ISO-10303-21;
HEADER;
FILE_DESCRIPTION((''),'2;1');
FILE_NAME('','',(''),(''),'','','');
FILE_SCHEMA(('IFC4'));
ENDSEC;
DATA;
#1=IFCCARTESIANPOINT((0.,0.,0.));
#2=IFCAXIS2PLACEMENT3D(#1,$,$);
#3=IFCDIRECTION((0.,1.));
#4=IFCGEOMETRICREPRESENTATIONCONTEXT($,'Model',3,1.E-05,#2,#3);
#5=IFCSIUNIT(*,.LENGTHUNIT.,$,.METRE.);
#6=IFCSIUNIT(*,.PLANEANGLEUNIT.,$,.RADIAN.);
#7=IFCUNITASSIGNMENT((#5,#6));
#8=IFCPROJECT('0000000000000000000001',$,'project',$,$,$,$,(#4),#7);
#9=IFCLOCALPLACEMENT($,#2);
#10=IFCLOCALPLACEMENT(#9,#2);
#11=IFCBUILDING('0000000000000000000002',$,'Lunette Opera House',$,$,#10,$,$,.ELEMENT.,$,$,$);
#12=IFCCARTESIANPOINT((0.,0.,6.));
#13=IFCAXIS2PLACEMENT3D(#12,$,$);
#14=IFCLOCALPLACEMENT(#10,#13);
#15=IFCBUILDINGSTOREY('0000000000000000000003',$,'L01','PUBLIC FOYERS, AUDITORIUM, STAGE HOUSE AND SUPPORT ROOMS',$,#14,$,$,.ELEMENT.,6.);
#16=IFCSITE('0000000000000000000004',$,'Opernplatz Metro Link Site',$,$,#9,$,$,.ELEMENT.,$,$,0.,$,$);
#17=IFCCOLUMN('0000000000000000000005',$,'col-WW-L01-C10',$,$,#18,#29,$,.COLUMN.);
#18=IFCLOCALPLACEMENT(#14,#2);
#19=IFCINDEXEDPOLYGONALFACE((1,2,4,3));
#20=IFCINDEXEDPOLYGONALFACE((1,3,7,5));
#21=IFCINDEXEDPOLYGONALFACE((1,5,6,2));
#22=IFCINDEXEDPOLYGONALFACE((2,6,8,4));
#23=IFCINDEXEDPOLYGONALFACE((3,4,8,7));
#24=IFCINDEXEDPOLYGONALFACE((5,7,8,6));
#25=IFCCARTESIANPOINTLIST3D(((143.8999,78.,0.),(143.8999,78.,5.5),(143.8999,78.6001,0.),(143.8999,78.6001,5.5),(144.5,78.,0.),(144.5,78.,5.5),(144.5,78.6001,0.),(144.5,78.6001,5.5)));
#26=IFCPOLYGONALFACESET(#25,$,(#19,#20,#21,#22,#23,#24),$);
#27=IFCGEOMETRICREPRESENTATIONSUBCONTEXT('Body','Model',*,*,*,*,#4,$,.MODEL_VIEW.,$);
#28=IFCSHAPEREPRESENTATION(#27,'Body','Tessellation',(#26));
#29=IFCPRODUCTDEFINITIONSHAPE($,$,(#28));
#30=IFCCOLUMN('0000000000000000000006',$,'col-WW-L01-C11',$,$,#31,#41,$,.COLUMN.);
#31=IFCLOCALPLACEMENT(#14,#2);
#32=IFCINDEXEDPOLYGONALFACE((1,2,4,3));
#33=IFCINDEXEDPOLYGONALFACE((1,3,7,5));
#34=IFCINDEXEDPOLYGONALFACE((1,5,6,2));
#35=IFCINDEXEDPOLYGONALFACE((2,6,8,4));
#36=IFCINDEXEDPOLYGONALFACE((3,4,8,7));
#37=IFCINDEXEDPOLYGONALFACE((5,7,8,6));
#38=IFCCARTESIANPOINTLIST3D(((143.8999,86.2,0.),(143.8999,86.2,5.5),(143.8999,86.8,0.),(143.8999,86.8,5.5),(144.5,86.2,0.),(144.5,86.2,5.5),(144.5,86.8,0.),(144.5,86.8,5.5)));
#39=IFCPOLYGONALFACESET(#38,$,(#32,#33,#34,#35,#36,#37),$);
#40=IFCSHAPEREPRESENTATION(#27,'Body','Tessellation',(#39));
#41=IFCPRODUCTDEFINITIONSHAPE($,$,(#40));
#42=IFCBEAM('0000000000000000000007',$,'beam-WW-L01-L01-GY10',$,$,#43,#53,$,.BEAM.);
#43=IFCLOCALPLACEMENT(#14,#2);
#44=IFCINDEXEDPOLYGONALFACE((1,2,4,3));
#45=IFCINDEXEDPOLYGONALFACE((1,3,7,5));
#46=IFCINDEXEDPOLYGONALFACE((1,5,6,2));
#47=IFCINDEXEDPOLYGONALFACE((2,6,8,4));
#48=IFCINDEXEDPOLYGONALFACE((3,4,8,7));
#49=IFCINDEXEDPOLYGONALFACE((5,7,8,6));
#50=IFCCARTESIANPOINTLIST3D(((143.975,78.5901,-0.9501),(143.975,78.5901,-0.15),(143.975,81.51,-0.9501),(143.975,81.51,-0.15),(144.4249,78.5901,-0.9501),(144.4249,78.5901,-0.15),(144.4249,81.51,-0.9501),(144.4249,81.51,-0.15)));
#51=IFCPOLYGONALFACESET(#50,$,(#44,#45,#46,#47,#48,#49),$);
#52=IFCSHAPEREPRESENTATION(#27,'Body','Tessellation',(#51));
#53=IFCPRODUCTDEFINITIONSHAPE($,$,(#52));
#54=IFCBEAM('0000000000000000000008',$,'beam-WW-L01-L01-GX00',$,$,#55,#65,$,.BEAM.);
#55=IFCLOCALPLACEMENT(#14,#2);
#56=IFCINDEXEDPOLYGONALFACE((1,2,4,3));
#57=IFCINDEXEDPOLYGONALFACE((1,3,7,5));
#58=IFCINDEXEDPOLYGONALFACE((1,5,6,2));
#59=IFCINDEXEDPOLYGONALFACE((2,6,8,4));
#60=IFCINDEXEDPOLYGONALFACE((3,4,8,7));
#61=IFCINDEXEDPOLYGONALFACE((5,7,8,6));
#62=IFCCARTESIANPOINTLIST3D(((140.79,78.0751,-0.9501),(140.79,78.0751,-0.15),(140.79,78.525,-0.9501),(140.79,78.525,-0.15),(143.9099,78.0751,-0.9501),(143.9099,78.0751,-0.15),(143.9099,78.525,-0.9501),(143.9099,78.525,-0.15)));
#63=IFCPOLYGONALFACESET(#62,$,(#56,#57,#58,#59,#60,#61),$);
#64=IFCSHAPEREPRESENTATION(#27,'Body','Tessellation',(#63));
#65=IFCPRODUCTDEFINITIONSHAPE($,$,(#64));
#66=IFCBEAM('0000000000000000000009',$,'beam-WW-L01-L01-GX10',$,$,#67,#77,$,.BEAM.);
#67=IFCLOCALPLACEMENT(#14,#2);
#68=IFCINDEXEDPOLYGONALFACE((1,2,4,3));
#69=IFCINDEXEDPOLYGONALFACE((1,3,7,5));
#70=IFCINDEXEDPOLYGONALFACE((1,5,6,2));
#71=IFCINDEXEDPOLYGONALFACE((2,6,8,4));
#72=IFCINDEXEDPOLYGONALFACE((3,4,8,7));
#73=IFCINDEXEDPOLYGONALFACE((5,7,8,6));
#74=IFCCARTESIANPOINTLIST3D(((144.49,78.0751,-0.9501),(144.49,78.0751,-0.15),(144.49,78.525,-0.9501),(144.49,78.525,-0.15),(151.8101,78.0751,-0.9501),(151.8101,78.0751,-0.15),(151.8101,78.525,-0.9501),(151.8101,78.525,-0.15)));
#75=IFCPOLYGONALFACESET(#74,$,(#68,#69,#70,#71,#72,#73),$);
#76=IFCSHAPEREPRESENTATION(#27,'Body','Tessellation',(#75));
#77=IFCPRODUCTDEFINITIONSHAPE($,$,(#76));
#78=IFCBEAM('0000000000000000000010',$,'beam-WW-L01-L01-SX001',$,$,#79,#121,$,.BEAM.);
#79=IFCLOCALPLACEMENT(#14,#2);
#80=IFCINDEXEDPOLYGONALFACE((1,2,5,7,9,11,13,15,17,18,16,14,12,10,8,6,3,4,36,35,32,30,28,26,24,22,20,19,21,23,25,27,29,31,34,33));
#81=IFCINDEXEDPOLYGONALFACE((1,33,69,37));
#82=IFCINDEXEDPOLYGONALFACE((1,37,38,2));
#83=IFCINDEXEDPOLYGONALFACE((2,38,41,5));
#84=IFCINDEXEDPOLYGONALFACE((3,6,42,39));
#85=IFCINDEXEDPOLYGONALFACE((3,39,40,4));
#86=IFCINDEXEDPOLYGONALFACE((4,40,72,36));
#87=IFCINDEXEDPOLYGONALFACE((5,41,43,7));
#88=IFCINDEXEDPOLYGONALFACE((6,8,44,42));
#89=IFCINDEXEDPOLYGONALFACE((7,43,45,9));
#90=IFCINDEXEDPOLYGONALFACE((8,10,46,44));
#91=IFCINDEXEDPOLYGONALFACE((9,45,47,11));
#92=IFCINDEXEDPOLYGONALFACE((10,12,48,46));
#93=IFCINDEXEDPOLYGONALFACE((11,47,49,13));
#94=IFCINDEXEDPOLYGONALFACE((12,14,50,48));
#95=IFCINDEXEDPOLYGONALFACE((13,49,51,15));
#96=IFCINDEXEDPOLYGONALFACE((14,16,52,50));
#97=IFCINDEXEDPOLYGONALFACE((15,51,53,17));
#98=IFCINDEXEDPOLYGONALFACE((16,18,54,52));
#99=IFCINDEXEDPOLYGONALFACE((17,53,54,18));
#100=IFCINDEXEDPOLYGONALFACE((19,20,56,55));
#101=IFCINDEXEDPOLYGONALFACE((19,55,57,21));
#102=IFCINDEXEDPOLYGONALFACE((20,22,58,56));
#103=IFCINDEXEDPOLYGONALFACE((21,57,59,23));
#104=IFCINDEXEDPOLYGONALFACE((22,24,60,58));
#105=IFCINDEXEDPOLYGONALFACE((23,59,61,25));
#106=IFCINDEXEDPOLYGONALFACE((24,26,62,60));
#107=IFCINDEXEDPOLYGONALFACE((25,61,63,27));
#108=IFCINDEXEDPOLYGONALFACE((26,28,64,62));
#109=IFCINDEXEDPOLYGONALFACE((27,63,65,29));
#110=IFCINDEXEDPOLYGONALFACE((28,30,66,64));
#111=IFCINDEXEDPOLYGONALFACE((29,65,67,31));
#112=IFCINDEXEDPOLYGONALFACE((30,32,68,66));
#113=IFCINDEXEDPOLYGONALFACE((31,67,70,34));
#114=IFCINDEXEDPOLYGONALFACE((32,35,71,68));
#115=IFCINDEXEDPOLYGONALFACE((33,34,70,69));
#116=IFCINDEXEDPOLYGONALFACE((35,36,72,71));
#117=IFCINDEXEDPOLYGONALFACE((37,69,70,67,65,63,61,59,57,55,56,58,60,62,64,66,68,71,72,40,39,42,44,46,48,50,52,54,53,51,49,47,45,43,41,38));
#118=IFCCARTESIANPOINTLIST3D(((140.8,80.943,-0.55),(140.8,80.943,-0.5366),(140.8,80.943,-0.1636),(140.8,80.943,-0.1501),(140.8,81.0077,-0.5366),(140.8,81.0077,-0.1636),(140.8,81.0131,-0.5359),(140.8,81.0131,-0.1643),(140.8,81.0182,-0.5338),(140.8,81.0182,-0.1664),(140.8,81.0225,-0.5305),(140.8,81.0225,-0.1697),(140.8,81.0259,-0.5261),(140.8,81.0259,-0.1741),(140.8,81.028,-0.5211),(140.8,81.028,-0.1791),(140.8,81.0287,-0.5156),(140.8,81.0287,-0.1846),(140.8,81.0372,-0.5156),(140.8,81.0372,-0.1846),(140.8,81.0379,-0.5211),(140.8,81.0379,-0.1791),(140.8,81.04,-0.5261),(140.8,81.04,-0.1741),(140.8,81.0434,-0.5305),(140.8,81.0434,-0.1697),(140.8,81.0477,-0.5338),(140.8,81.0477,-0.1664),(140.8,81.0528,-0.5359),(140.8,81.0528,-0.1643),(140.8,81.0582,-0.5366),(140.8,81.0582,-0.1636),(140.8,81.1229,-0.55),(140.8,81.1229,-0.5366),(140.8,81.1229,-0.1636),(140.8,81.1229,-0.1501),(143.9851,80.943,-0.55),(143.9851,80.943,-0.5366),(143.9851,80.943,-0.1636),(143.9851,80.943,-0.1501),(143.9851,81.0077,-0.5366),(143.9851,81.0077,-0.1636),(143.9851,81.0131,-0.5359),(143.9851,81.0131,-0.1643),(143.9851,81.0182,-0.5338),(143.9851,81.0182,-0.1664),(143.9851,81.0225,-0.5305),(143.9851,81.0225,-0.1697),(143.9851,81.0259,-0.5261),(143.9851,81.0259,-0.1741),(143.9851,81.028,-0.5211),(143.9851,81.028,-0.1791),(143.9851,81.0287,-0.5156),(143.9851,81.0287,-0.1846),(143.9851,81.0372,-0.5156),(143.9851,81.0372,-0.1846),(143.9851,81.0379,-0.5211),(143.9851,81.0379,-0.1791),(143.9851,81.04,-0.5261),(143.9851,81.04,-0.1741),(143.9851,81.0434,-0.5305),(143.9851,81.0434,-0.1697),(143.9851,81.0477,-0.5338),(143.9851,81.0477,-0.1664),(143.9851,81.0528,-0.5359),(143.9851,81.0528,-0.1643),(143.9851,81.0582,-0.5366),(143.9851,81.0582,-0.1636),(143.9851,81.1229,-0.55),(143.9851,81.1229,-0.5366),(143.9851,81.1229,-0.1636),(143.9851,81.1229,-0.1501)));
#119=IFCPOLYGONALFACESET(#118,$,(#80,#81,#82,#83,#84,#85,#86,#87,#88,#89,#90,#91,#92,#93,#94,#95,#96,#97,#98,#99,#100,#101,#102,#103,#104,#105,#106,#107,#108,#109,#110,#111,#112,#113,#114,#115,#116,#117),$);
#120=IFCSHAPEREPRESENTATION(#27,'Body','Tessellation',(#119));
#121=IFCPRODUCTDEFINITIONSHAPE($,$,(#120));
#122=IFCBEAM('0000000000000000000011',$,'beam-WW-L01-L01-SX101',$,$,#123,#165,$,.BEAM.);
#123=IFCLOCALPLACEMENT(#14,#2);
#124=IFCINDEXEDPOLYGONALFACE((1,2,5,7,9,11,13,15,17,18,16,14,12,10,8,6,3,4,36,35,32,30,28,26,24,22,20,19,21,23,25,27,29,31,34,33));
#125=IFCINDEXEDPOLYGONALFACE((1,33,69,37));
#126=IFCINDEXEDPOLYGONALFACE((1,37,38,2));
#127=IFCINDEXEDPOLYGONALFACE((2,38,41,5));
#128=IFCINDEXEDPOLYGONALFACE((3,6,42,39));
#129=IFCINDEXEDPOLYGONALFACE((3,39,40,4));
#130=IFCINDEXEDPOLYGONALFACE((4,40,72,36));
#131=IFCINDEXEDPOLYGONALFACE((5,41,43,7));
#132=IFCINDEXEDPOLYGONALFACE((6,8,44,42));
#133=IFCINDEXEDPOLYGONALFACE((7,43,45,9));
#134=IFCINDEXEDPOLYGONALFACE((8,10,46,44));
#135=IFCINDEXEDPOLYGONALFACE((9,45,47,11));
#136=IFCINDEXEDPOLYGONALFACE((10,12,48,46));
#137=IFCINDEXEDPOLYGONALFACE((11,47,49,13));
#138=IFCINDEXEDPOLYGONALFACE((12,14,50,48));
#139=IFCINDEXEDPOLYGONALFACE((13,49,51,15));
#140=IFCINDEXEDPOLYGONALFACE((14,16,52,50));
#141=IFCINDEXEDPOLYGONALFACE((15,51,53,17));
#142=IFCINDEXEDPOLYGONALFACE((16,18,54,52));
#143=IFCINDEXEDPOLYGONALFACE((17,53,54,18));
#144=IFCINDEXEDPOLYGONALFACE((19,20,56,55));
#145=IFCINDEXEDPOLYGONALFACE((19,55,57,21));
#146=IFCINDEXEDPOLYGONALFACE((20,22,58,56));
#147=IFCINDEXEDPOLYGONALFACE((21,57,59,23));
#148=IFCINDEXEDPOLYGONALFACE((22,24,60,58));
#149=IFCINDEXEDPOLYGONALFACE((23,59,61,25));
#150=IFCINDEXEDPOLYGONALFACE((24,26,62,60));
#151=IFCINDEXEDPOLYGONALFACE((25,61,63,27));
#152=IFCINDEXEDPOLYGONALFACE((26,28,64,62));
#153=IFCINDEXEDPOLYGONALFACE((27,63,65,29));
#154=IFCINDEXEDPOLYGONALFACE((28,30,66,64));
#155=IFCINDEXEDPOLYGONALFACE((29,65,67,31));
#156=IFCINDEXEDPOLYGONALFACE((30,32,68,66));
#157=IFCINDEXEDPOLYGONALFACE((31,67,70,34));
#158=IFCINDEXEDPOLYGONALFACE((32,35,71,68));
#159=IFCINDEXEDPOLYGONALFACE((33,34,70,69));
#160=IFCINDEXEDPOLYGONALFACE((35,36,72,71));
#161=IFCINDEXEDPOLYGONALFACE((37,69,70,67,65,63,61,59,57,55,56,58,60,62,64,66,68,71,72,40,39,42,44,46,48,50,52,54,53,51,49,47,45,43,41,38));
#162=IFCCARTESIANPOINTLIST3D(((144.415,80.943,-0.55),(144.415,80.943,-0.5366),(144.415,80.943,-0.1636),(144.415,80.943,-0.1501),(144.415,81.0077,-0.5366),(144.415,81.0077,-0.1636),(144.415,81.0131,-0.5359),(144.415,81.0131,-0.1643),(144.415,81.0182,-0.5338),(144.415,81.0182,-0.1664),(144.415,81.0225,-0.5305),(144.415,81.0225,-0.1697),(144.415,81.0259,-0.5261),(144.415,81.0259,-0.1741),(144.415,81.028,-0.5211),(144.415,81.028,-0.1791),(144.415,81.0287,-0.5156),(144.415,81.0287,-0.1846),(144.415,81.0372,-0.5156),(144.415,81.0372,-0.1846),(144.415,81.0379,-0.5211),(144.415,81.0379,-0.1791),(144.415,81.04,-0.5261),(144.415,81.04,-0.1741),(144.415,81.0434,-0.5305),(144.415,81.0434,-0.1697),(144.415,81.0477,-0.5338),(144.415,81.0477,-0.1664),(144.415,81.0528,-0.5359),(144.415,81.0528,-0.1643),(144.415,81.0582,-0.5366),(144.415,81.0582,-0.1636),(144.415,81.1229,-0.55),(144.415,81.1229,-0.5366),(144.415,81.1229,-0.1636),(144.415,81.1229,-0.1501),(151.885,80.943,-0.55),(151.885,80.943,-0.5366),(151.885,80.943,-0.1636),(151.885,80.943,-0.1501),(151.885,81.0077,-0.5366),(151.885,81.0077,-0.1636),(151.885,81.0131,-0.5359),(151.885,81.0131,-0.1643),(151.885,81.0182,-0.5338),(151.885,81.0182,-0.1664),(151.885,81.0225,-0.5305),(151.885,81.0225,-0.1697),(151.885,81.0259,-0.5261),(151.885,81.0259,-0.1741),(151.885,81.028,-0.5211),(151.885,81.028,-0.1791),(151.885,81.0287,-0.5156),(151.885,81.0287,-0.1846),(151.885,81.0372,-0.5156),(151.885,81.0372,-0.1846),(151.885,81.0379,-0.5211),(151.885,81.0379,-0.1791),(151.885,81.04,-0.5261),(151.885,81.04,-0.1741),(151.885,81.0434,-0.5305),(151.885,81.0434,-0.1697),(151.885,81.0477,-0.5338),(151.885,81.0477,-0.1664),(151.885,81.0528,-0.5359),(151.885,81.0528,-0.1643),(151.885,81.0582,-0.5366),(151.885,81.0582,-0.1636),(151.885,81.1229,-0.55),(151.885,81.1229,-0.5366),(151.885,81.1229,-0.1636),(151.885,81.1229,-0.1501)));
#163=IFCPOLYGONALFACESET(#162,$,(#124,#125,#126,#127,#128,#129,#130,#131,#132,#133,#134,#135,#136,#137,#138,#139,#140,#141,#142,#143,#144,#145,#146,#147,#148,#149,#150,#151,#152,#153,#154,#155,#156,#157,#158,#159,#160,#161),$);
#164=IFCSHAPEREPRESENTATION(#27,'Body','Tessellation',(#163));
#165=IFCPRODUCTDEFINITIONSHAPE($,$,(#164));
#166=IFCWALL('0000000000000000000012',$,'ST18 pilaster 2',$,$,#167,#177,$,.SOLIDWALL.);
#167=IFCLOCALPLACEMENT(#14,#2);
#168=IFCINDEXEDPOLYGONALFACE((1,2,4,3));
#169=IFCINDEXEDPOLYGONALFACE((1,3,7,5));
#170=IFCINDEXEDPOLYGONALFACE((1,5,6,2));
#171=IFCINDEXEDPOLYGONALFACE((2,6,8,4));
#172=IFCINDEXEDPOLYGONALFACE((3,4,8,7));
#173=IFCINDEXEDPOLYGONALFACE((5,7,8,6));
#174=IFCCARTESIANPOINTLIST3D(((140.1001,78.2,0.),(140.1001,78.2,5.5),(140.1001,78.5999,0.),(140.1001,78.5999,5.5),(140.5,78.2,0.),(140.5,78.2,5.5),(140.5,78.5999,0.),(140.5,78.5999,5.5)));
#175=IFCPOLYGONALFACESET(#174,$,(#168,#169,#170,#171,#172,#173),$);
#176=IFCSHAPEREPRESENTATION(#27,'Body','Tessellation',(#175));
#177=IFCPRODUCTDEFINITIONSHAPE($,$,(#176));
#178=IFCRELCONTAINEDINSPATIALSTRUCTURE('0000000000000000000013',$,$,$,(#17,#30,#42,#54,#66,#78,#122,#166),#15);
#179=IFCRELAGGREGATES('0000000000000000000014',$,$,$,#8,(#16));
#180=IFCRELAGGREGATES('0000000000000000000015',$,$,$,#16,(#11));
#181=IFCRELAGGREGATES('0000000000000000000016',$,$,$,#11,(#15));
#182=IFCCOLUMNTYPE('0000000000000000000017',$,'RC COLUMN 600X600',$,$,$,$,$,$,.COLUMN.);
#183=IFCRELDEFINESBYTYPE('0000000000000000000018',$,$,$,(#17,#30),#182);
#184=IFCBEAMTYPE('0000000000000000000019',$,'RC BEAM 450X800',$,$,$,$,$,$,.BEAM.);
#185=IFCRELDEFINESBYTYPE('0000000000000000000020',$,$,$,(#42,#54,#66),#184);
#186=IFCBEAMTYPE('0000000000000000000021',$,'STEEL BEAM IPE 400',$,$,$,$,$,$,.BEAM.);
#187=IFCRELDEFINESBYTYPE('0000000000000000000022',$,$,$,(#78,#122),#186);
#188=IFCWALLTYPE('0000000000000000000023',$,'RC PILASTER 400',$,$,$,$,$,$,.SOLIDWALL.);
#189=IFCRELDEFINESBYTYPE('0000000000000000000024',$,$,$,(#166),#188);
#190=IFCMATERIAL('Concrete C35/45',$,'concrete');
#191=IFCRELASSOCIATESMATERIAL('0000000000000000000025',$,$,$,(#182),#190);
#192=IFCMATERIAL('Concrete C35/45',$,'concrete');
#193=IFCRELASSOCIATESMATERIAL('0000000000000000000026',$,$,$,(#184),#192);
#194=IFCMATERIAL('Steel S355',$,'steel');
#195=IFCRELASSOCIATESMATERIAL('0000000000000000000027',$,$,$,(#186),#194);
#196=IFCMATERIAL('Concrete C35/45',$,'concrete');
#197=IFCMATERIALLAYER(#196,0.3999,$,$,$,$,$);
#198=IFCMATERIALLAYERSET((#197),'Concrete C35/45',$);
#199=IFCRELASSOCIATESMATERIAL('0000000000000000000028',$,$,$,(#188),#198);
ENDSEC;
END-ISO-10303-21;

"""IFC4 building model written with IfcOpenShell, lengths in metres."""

from ifc_helpers import new_model, si_unit, direction, frame, frame_2d, origin, origin_2d, place, context, subcontext, project, spatial, rectangle, i_section, extrude, material, layer, layer_set, material_profile, profile_set, type_object, element, save


model = new_model("IFC4")

# Units and contexts
model_context = context("Model", 3, precision=1e-05, world=origin(), true_north=direction((0.0, 1.0)))
body_context = subcontext(model_context, "Body", "Model", "MODEL_VIEW")
ifc_project = project(units=[si_unit("LENGTHUNIT", "METRE"), si_unit("PLANEANGLEUNIT", "RADIAN")], contexts=[model_context])

# Site, building, storey
site_placement = place(None, origin())
site = spatial("IfcSite", under=ifc_project, at=site_placement, Name="Opernplatz Metro Link Site", CompositionType="ELEMENT", RefElevation=0.0)
building_placement = place(site_placement, origin())
building = spatial("IfcBuilding", under=site, at=building_placement, Name="Lunette Opera House", CompositionType="ELEMENT")
storey_placement = place(building_placement, frame((0.0, 0.0, 6.0)))
storey = spatial("IfcBuildingStorey", under=building, at=storey_placement, Name="L01", Description="PUBLIC FOYERS, AUDITORIUM, STAGE HOUSE AND SUPPORT ROOMS", CompositionType="ELEMENT", Elevation=6.0)

# Columns
ifc_material_1 = material(Name="Concrete C35/45", Category="concrete")
ifc_material_profile_1 = material_profile(ifc_material_1, rectangle(XDim=0.6001, YDim=0.6001, at=origin_2d()), Name="RC COLUMN 600X600")
ifc_profile_set_1 = profile_set([ifc_material_profile_1], Name="Concrete C35/45")
column_type = type_object("IfcColumnType", Name="RC COLUMN 600X600", PredefinedType="COLUMN", material=ifc_profile_set_1)
for number, where, z_axis, x_axis, name in (
    (1, (144.2, 78.3, 0.0), (0.0, 0.0, 1.0), (1.0, 0.0, 0.0), "col-WW-L01-C10"),
    (2, (144.2, 86.5, 0.0), (0.0, 0.0, 1.0), (1.0, 0.0, 0.0), "col-WW-L01-C11"),
):
    element("IfcColumn", number, at=place(storey_placement, frame(where, z_axis=z_axis, x_axis=x_axis)), inside=storey, type_object=column_type, Name=name, PredefinedType="COLUMN", context=body_context, shape_type="SweptSolid", body=[
        extrude(rectangle(XDim=0.6001, YDim=0.6001, at=origin_2d()), origin(), (0.0, 0.0, 1.0), 5.5),
    ])

# Beams
ifc_material_2 = material(Name="Concrete C35/45", Category="concrete")
ifc_material_profile_2 = material_profile(ifc_material_2, rectangle(XDim=0.45, YDim=0.8, at=origin_2d()), Name="RC BEAM 450X800")
ifc_profile_set_2 = profile_set([ifc_material_profile_2], Name="Concrete C35/45")
beam_type_1 = type_object("IfcBeamType", Name="RC BEAM 450X800", PredefinedType="BEAM", material=ifc_profile_set_2)
beam_1_placement = place(storey_placement, frame((144.2, 78.5901, -0.55), z_axis=(0.0, 1.0, 0.0), x_axis=(-1.0, 0.0, 0.0)))
element("IfcBeam", 3, at=beam_1_placement, inside=storey, type_object=beam_type_1, Name="beam-WW-L01-L01-GY10", PredefinedType="BEAM", context=body_context, shape_type="SweptSolid", body=[
    extrude(rectangle(XDim=0.45, YDim=0.8, at=origin_2d()), origin(), (0.0, 0.0, 1.0), 2.9199),
])
beam_2_placement = place(storey_placement, frame((140.79, 78.3, -0.55), z_axis=(1.0, 0.0, 0.0), x_axis=(0.0, 1.0, 0.0)))
element("IfcBeam", 4, at=beam_2_placement, inside=storey, type_object=beam_type_1, Name="beam-WW-L01-L01-GX00", PredefinedType="BEAM", context=body_context, shape_type="SweptSolid", body=[
    extrude(rectangle(XDim=0.45, YDim=0.8, at=origin_2d()), origin(), (0.0, 0.0, 1.0), 3.1199),
])
beam_3_placement = place(storey_placement, frame((144.49, 78.3, -0.55), z_axis=(1.0, 0.0, 0.0), x_axis=(0.0, 1.0, 0.0)))
element("IfcBeam", 5, at=beam_3_placement, inside=storey, type_object=beam_type_1, Name="beam-WW-L01-L01-GX10", PredefinedType="BEAM", context=body_context, shape_type="SweptSolid", body=[
    extrude(rectangle(XDim=0.45, YDim=0.8, at=origin_2d()), origin(), (0.0, 0.0, 1.0), 7.3201),
])
ifc_material_3 = material(Name="Steel S355", Category="steel")
ifc_material_profile_3 = material_profile(ifc_material_3, i_section(OverallWidth=0.1799, OverallDepth=0.3999, WebThickness=0.0085, FlangeThickness=0.0134, FilletRadius=0.021, at=origin_2d()), Name="IPE 400")
ifc_profile_set_3 = profile_set([ifc_material_profile_3], Name="Steel S355")
beam_type_2 = type_object("IfcBeamType", Name="STEEL BEAM IPE 400", PredefinedType="BEAM", material=ifc_profile_set_3)
beam_4_placement = place(storey_placement, frame((140.8, 81.033, -0.3501), z_axis=(1.0, 0.0, 0.0), x_axis=(0.0, 1.0, 0.0)))
element("IfcBeam", 6, at=beam_4_placement, inside=storey, type_object=beam_type_2, Name="beam-WW-L01-L01-SX001", PredefinedType="BEAM", context=body_context, shape_type="SweptSolid", body=[
    extrude(i_section(OverallWidth=0.1799, OverallDepth=0.3999, WebThickness=0.0085, FlangeThickness=0.0134, FilletRadius=0.021, at=origin_2d()), origin(), (0.0, 0.0, 1.0), 3.1851),
])
beam_5_placement = place(storey_placement, frame((144.415, 81.033, -0.3501), z_axis=(1.0, 0.0, 0.0), x_axis=(0.0, 1.0, 0.0)))
element("IfcBeam", 7, at=beam_5_placement, inside=storey, type_object=beam_type_2, Name="beam-WW-L01-L01-SX101", PredefinedType="BEAM", context=body_context, shape_type="SweptSolid", body=[
    extrude(i_section(OverallWidth=0.1799, OverallDepth=0.3999, WebThickness=0.0085, FlangeThickness=0.0134, FilletRadius=0.021, at=origin_2d()), origin(), (0.0, 0.0, 1.0), 7.47),
])

# Wall
ifc_material_4 = material(Name="Concrete C35/45", Category="concrete")
ifc_layer_1 = layer(ifc_material_4, 0.3999)
ifc_layer_set_1 = layer_set([ifc_layer_1], Name="Concrete C35/45")
wall_type_1 = type_object("IfcWallType", Name="RC PILASTER 400", PredefinedType="SOLIDWALL", material=ifc_layer_set_1)
wall_1_placement = place(storey_placement, frame((140.1001, 78.3999, 0.0), z_axis=(0.0, 0.0, 1.0), x_axis=(1.0, 0.0, 0.0)))
element("IfcWall", 8, at=wall_1_placement, inside=storey, type_object=wall_type_1, Name="ST18 pilaster 2", PredefinedType="SOLIDWALL", context=body_context, shape_type="SweptSolid", body=[
    extrude(rectangle(XDim=0.3999, YDim=0.3999, at=frame_2d((0.2, 0.0))), origin(), (0.0, 0.0, 1.0), 5.5),
])

save(model, "model.ifc")
